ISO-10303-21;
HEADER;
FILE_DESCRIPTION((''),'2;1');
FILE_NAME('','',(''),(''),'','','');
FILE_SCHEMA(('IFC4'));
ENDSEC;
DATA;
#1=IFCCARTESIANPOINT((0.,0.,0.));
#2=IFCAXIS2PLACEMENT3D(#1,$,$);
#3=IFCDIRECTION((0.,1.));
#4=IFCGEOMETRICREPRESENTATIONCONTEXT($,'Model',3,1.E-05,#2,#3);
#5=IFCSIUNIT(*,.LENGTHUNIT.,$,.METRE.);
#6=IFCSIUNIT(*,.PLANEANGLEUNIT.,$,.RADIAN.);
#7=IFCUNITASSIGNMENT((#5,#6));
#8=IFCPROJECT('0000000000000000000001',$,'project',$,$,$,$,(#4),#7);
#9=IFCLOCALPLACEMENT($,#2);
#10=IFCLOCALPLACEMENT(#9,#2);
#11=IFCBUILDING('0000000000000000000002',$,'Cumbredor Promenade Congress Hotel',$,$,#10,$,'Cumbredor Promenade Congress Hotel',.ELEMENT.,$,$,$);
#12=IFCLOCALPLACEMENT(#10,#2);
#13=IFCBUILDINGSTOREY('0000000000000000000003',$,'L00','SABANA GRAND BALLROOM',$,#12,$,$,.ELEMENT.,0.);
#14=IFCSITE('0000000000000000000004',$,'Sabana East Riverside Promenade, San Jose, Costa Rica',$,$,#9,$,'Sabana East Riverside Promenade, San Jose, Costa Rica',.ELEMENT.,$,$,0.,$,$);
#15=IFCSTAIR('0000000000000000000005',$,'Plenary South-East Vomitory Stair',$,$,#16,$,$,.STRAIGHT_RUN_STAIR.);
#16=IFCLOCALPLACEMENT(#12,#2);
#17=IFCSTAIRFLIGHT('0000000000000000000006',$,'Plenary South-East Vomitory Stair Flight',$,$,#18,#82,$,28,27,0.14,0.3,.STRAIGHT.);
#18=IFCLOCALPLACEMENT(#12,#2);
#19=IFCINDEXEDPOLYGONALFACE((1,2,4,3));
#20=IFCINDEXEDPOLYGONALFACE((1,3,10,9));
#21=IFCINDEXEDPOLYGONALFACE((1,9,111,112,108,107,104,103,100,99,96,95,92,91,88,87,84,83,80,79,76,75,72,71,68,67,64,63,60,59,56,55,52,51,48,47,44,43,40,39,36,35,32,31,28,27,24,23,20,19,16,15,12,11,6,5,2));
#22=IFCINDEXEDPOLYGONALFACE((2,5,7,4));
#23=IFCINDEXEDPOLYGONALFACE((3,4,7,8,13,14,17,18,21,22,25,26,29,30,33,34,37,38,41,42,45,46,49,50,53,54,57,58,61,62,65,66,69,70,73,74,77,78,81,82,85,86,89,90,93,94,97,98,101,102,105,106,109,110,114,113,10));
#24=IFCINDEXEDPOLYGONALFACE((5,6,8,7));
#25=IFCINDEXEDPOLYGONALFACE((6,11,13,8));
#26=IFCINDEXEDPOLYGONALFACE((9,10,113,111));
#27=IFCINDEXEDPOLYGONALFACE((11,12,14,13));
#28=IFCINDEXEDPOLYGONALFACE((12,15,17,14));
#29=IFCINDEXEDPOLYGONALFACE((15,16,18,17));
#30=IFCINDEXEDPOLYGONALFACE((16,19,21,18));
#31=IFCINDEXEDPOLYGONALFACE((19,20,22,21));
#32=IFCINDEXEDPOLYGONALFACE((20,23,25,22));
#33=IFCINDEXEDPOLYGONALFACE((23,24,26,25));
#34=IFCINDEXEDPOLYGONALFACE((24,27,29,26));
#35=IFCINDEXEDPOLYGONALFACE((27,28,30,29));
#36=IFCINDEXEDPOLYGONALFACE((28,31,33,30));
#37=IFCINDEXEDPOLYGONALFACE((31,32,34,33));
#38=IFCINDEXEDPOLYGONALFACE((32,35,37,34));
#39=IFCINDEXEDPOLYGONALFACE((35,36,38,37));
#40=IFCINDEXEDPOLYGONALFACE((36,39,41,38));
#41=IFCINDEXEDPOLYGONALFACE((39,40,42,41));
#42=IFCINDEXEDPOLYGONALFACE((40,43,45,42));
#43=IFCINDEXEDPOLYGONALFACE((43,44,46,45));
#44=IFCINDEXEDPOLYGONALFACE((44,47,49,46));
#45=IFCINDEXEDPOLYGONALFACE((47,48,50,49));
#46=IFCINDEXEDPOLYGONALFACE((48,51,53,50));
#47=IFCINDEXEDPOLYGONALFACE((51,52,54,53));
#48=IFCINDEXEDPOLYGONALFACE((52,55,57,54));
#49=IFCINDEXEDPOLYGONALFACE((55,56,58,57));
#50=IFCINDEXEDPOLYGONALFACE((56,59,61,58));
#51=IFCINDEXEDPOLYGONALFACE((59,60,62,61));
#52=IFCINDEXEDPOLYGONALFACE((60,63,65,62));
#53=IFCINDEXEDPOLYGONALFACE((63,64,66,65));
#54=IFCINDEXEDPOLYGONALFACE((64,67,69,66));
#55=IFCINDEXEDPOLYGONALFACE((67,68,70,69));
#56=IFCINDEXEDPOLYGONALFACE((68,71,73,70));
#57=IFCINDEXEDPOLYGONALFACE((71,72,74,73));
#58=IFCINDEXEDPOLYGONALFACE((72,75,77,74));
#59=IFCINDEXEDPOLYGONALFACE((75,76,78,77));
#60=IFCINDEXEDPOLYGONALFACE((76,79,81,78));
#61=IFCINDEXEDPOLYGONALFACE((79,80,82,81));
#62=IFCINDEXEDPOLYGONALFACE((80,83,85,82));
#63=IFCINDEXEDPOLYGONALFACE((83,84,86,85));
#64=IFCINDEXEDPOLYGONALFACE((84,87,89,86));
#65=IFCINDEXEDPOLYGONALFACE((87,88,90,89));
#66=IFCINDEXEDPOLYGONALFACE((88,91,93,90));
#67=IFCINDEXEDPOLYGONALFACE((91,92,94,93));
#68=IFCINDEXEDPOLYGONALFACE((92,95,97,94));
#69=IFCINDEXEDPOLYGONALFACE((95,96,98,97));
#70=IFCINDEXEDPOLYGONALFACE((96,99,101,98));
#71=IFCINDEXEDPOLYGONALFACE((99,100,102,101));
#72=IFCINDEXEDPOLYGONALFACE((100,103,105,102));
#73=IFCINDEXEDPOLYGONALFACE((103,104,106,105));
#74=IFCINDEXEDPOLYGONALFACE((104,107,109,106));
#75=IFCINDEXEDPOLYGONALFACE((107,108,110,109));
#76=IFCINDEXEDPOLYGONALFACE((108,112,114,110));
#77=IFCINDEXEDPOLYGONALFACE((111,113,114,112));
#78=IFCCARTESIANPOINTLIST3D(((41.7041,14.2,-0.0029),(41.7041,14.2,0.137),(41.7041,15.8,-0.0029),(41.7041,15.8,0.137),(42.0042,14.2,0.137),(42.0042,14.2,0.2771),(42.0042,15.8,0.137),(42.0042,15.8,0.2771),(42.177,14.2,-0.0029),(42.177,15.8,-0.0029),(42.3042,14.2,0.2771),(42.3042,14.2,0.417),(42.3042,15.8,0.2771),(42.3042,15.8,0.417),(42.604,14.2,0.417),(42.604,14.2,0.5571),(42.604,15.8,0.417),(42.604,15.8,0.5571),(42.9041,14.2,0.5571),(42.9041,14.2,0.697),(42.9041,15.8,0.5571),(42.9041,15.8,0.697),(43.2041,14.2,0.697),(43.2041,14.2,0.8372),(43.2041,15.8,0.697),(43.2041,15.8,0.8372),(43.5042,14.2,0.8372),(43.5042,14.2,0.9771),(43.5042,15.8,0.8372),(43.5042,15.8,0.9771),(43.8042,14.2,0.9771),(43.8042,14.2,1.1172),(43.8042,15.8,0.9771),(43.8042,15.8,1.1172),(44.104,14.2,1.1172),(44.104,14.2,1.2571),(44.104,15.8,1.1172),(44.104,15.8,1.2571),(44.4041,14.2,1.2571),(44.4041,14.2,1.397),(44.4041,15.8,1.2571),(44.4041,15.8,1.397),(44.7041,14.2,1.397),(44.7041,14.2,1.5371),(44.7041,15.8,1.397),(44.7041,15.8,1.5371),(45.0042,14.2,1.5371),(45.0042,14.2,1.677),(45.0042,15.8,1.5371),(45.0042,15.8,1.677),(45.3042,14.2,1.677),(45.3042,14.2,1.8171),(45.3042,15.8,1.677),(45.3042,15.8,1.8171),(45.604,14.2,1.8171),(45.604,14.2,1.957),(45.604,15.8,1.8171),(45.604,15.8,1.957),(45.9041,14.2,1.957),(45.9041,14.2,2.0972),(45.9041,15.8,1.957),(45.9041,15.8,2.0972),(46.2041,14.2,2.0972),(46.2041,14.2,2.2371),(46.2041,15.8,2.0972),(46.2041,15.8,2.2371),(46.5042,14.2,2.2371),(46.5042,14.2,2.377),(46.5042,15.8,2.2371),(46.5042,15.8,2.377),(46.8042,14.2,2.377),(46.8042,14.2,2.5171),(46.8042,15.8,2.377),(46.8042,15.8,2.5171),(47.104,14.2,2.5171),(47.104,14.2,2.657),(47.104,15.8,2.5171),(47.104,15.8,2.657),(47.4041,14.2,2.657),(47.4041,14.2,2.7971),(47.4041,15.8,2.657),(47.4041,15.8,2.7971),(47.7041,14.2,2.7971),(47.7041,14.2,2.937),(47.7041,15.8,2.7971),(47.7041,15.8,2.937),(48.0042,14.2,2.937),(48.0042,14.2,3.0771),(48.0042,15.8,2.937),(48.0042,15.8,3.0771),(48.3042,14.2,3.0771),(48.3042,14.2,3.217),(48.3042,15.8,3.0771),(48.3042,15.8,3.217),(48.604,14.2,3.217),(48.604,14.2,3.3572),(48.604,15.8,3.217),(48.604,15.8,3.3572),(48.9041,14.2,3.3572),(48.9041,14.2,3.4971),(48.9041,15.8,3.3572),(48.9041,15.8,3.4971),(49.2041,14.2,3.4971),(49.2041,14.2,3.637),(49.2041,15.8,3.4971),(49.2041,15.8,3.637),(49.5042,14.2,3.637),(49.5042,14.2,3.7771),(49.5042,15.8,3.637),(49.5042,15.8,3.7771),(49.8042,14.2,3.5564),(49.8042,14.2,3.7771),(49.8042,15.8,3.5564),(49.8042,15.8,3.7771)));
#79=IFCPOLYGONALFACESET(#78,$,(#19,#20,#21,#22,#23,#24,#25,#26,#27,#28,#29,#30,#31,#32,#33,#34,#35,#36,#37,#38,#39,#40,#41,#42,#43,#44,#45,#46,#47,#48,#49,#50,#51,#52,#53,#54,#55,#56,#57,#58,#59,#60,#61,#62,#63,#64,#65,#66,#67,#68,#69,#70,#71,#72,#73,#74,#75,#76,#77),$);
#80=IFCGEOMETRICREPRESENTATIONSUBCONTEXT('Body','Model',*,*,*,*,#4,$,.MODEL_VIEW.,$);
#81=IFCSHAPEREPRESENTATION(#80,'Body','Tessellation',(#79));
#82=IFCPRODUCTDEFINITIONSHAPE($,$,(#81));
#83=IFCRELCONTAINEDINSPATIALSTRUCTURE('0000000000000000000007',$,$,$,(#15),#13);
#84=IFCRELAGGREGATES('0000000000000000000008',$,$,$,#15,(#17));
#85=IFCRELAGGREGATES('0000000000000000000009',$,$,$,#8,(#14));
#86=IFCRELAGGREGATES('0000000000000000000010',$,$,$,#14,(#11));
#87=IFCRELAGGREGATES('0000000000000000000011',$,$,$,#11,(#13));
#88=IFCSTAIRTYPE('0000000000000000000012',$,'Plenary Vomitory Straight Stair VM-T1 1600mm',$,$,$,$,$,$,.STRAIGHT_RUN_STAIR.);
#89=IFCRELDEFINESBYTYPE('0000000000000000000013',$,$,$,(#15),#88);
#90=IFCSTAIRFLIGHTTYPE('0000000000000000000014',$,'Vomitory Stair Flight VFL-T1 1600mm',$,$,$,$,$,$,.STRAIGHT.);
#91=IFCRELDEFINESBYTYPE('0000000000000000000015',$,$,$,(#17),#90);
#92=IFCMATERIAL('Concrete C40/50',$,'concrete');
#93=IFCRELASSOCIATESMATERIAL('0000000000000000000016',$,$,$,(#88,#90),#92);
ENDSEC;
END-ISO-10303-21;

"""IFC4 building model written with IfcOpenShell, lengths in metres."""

from ifc_helpers import new_model, si_unit, direction, frame, origin, place, context, subcontext, project, spatial, polyline, outline, extrude, material, type_object, element, aggregate, save


model = new_model("IFC4")

# Units and contexts
model_context = context("Model", 3, precision=1e-05, world=origin(), true_north=direction((0.0, 1.0)))
body_context = subcontext(model_context, "Body", "Model", "MODEL_VIEW")
ifc_project = project(units=[si_unit("LENGTHUNIT", "METRE"), si_unit("PLANEANGLEUNIT", "RADIAN")], contexts=[model_context])

# Site, building, storey
site_placement = place(None, origin())
site = spatial("IfcSite", under=ifc_project, at=site_placement, Name="Sabana East Riverside Promenade, San Jose, Costa Rica", LongName="Sabana East Riverside Promenade, San Jose, Costa Rica", CompositionType="ELEMENT", RefElevation=0.0)
building_placement = place(site_placement, origin())
building = spatial("IfcBuilding", under=site, at=building_placement, Name="Cumbredor Promenade Congress Hotel", LongName="Cumbredor Promenade Congress Hotel", CompositionType="ELEMENT")
storey_placement = place(building_placement, origin())
storey = spatial("IfcBuildingStorey", under=building, at=storey_placement, Name="L00", Description="SABANA GRAND BALLROOM", CompositionType="ELEMENT", Elevation=0.0)

# Shared definitions
ifc_material_1 = material(Name="Concrete C40/50", Category="concrete")

# Stair, stair flight
stair_type = type_object("IfcStairType", Name="Plenary Vomitory Straight Stair VM-T1 1600mm", PredefinedType="STRAIGHT_RUN_STAIR", material=ifc_material_1)
stair_flight_type = type_object("IfcStairFlightType", Name="Vomitory Stair Flight VFL-T1 1600mm", PredefinedType="STRAIGHT", material=ifc_material_1)
stair_1_placement = place(storey_placement, origin())
stair_1 = element("IfcStair", 1, at=stair_1_placement, inside=storey, type_object=stair_type, Name="Plenary South-East Vomitory Stair", PredefinedType="STRAIGHT_RUN_STAIR")
stair_flight_1_placement = place(storey_placement, frame((41.7041, 15.0, -0.0029), z_axis=(0.0, 0.0, 1.0), x_axis=(1.0, 0.0, 0.0)))
stair_flight_1 = element("IfcStairFlight", 2, at=stair_flight_1_placement, type_object=stair_flight_type, Name="Plenary South-East Vomitory Stair Flight", NumberOfRisers=28, NumberOfTreads=27, PredefinedType="STRAIGHT", RiserHeight=0.14, TreadLength=0.3, context=body_context, shape_type="SweptSolid", body=[
    extrude(outline(polyline([(0.0, 0.0), (0.0, 0.1399), (0.3, 0.1399), (0.3, 0.28), (0.6001, 0.28), (0.6001, 0.4199), (0.8999, 0.4199), (0.8999, 0.5601), (1.2, 0.5601), (1.2, 0.7), (1.5, 0.7), (1.5, 0.8401), (1.8, 0.8401), (1.8, 0.98), (2.1001, 0.98), (2.1001, 1.1201), (2.3999, 1.1201), (2.3999, 1.26), (2.7, 1.26), (2.7, 1.3999), (3.0, 1.3999), (3.0, 1.54), (3.3, 1.54), (3.3, 1.6799), (3.6001, 1.6799), (3.6001, 1.8201), (3.8999, 1.8201), (3.8999, 1.96), (4.2, 1.96), (4.2, 2.1001), (4.5, 2.1001), (4.5, 2.24), (4.8, 2.24), (4.8, 2.3799), (5.1001, 2.3799), (5.1001, 2.52), (5.3999, 2.52), (5.3999, 2.6599), (5.7, 2.6599), (5.7, 2.8), (6.0, 2.8), (6.0, 2.9399), (6.3, 2.9399), (6.3, 3.0801), (6.6001, 3.0801), (6.6001, 3.22), (6.8999, 3.22), (6.8999, 3.3601), (7.2, 3.3601), (7.2, 3.5), (7.5, 3.5), (7.5, 3.6399), (7.8, 3.6399), (7.8, 3.78), (8.1001, 3.78), (8.1001, 3.9199), (8.1001, 3.5593), (0.4729, 0.0), (0.0, 0.0)])), frame((0.0, 0.8, 0.0), z_axis=(0.0, -1.0, 0.0), x_axis=(1.0, 0.0, 0.0)), (0.0, 0.0, 1.0), 1.6001),
])
aggregate(stair_1, [stair_flight_1])

save(model, "model.ifc")
